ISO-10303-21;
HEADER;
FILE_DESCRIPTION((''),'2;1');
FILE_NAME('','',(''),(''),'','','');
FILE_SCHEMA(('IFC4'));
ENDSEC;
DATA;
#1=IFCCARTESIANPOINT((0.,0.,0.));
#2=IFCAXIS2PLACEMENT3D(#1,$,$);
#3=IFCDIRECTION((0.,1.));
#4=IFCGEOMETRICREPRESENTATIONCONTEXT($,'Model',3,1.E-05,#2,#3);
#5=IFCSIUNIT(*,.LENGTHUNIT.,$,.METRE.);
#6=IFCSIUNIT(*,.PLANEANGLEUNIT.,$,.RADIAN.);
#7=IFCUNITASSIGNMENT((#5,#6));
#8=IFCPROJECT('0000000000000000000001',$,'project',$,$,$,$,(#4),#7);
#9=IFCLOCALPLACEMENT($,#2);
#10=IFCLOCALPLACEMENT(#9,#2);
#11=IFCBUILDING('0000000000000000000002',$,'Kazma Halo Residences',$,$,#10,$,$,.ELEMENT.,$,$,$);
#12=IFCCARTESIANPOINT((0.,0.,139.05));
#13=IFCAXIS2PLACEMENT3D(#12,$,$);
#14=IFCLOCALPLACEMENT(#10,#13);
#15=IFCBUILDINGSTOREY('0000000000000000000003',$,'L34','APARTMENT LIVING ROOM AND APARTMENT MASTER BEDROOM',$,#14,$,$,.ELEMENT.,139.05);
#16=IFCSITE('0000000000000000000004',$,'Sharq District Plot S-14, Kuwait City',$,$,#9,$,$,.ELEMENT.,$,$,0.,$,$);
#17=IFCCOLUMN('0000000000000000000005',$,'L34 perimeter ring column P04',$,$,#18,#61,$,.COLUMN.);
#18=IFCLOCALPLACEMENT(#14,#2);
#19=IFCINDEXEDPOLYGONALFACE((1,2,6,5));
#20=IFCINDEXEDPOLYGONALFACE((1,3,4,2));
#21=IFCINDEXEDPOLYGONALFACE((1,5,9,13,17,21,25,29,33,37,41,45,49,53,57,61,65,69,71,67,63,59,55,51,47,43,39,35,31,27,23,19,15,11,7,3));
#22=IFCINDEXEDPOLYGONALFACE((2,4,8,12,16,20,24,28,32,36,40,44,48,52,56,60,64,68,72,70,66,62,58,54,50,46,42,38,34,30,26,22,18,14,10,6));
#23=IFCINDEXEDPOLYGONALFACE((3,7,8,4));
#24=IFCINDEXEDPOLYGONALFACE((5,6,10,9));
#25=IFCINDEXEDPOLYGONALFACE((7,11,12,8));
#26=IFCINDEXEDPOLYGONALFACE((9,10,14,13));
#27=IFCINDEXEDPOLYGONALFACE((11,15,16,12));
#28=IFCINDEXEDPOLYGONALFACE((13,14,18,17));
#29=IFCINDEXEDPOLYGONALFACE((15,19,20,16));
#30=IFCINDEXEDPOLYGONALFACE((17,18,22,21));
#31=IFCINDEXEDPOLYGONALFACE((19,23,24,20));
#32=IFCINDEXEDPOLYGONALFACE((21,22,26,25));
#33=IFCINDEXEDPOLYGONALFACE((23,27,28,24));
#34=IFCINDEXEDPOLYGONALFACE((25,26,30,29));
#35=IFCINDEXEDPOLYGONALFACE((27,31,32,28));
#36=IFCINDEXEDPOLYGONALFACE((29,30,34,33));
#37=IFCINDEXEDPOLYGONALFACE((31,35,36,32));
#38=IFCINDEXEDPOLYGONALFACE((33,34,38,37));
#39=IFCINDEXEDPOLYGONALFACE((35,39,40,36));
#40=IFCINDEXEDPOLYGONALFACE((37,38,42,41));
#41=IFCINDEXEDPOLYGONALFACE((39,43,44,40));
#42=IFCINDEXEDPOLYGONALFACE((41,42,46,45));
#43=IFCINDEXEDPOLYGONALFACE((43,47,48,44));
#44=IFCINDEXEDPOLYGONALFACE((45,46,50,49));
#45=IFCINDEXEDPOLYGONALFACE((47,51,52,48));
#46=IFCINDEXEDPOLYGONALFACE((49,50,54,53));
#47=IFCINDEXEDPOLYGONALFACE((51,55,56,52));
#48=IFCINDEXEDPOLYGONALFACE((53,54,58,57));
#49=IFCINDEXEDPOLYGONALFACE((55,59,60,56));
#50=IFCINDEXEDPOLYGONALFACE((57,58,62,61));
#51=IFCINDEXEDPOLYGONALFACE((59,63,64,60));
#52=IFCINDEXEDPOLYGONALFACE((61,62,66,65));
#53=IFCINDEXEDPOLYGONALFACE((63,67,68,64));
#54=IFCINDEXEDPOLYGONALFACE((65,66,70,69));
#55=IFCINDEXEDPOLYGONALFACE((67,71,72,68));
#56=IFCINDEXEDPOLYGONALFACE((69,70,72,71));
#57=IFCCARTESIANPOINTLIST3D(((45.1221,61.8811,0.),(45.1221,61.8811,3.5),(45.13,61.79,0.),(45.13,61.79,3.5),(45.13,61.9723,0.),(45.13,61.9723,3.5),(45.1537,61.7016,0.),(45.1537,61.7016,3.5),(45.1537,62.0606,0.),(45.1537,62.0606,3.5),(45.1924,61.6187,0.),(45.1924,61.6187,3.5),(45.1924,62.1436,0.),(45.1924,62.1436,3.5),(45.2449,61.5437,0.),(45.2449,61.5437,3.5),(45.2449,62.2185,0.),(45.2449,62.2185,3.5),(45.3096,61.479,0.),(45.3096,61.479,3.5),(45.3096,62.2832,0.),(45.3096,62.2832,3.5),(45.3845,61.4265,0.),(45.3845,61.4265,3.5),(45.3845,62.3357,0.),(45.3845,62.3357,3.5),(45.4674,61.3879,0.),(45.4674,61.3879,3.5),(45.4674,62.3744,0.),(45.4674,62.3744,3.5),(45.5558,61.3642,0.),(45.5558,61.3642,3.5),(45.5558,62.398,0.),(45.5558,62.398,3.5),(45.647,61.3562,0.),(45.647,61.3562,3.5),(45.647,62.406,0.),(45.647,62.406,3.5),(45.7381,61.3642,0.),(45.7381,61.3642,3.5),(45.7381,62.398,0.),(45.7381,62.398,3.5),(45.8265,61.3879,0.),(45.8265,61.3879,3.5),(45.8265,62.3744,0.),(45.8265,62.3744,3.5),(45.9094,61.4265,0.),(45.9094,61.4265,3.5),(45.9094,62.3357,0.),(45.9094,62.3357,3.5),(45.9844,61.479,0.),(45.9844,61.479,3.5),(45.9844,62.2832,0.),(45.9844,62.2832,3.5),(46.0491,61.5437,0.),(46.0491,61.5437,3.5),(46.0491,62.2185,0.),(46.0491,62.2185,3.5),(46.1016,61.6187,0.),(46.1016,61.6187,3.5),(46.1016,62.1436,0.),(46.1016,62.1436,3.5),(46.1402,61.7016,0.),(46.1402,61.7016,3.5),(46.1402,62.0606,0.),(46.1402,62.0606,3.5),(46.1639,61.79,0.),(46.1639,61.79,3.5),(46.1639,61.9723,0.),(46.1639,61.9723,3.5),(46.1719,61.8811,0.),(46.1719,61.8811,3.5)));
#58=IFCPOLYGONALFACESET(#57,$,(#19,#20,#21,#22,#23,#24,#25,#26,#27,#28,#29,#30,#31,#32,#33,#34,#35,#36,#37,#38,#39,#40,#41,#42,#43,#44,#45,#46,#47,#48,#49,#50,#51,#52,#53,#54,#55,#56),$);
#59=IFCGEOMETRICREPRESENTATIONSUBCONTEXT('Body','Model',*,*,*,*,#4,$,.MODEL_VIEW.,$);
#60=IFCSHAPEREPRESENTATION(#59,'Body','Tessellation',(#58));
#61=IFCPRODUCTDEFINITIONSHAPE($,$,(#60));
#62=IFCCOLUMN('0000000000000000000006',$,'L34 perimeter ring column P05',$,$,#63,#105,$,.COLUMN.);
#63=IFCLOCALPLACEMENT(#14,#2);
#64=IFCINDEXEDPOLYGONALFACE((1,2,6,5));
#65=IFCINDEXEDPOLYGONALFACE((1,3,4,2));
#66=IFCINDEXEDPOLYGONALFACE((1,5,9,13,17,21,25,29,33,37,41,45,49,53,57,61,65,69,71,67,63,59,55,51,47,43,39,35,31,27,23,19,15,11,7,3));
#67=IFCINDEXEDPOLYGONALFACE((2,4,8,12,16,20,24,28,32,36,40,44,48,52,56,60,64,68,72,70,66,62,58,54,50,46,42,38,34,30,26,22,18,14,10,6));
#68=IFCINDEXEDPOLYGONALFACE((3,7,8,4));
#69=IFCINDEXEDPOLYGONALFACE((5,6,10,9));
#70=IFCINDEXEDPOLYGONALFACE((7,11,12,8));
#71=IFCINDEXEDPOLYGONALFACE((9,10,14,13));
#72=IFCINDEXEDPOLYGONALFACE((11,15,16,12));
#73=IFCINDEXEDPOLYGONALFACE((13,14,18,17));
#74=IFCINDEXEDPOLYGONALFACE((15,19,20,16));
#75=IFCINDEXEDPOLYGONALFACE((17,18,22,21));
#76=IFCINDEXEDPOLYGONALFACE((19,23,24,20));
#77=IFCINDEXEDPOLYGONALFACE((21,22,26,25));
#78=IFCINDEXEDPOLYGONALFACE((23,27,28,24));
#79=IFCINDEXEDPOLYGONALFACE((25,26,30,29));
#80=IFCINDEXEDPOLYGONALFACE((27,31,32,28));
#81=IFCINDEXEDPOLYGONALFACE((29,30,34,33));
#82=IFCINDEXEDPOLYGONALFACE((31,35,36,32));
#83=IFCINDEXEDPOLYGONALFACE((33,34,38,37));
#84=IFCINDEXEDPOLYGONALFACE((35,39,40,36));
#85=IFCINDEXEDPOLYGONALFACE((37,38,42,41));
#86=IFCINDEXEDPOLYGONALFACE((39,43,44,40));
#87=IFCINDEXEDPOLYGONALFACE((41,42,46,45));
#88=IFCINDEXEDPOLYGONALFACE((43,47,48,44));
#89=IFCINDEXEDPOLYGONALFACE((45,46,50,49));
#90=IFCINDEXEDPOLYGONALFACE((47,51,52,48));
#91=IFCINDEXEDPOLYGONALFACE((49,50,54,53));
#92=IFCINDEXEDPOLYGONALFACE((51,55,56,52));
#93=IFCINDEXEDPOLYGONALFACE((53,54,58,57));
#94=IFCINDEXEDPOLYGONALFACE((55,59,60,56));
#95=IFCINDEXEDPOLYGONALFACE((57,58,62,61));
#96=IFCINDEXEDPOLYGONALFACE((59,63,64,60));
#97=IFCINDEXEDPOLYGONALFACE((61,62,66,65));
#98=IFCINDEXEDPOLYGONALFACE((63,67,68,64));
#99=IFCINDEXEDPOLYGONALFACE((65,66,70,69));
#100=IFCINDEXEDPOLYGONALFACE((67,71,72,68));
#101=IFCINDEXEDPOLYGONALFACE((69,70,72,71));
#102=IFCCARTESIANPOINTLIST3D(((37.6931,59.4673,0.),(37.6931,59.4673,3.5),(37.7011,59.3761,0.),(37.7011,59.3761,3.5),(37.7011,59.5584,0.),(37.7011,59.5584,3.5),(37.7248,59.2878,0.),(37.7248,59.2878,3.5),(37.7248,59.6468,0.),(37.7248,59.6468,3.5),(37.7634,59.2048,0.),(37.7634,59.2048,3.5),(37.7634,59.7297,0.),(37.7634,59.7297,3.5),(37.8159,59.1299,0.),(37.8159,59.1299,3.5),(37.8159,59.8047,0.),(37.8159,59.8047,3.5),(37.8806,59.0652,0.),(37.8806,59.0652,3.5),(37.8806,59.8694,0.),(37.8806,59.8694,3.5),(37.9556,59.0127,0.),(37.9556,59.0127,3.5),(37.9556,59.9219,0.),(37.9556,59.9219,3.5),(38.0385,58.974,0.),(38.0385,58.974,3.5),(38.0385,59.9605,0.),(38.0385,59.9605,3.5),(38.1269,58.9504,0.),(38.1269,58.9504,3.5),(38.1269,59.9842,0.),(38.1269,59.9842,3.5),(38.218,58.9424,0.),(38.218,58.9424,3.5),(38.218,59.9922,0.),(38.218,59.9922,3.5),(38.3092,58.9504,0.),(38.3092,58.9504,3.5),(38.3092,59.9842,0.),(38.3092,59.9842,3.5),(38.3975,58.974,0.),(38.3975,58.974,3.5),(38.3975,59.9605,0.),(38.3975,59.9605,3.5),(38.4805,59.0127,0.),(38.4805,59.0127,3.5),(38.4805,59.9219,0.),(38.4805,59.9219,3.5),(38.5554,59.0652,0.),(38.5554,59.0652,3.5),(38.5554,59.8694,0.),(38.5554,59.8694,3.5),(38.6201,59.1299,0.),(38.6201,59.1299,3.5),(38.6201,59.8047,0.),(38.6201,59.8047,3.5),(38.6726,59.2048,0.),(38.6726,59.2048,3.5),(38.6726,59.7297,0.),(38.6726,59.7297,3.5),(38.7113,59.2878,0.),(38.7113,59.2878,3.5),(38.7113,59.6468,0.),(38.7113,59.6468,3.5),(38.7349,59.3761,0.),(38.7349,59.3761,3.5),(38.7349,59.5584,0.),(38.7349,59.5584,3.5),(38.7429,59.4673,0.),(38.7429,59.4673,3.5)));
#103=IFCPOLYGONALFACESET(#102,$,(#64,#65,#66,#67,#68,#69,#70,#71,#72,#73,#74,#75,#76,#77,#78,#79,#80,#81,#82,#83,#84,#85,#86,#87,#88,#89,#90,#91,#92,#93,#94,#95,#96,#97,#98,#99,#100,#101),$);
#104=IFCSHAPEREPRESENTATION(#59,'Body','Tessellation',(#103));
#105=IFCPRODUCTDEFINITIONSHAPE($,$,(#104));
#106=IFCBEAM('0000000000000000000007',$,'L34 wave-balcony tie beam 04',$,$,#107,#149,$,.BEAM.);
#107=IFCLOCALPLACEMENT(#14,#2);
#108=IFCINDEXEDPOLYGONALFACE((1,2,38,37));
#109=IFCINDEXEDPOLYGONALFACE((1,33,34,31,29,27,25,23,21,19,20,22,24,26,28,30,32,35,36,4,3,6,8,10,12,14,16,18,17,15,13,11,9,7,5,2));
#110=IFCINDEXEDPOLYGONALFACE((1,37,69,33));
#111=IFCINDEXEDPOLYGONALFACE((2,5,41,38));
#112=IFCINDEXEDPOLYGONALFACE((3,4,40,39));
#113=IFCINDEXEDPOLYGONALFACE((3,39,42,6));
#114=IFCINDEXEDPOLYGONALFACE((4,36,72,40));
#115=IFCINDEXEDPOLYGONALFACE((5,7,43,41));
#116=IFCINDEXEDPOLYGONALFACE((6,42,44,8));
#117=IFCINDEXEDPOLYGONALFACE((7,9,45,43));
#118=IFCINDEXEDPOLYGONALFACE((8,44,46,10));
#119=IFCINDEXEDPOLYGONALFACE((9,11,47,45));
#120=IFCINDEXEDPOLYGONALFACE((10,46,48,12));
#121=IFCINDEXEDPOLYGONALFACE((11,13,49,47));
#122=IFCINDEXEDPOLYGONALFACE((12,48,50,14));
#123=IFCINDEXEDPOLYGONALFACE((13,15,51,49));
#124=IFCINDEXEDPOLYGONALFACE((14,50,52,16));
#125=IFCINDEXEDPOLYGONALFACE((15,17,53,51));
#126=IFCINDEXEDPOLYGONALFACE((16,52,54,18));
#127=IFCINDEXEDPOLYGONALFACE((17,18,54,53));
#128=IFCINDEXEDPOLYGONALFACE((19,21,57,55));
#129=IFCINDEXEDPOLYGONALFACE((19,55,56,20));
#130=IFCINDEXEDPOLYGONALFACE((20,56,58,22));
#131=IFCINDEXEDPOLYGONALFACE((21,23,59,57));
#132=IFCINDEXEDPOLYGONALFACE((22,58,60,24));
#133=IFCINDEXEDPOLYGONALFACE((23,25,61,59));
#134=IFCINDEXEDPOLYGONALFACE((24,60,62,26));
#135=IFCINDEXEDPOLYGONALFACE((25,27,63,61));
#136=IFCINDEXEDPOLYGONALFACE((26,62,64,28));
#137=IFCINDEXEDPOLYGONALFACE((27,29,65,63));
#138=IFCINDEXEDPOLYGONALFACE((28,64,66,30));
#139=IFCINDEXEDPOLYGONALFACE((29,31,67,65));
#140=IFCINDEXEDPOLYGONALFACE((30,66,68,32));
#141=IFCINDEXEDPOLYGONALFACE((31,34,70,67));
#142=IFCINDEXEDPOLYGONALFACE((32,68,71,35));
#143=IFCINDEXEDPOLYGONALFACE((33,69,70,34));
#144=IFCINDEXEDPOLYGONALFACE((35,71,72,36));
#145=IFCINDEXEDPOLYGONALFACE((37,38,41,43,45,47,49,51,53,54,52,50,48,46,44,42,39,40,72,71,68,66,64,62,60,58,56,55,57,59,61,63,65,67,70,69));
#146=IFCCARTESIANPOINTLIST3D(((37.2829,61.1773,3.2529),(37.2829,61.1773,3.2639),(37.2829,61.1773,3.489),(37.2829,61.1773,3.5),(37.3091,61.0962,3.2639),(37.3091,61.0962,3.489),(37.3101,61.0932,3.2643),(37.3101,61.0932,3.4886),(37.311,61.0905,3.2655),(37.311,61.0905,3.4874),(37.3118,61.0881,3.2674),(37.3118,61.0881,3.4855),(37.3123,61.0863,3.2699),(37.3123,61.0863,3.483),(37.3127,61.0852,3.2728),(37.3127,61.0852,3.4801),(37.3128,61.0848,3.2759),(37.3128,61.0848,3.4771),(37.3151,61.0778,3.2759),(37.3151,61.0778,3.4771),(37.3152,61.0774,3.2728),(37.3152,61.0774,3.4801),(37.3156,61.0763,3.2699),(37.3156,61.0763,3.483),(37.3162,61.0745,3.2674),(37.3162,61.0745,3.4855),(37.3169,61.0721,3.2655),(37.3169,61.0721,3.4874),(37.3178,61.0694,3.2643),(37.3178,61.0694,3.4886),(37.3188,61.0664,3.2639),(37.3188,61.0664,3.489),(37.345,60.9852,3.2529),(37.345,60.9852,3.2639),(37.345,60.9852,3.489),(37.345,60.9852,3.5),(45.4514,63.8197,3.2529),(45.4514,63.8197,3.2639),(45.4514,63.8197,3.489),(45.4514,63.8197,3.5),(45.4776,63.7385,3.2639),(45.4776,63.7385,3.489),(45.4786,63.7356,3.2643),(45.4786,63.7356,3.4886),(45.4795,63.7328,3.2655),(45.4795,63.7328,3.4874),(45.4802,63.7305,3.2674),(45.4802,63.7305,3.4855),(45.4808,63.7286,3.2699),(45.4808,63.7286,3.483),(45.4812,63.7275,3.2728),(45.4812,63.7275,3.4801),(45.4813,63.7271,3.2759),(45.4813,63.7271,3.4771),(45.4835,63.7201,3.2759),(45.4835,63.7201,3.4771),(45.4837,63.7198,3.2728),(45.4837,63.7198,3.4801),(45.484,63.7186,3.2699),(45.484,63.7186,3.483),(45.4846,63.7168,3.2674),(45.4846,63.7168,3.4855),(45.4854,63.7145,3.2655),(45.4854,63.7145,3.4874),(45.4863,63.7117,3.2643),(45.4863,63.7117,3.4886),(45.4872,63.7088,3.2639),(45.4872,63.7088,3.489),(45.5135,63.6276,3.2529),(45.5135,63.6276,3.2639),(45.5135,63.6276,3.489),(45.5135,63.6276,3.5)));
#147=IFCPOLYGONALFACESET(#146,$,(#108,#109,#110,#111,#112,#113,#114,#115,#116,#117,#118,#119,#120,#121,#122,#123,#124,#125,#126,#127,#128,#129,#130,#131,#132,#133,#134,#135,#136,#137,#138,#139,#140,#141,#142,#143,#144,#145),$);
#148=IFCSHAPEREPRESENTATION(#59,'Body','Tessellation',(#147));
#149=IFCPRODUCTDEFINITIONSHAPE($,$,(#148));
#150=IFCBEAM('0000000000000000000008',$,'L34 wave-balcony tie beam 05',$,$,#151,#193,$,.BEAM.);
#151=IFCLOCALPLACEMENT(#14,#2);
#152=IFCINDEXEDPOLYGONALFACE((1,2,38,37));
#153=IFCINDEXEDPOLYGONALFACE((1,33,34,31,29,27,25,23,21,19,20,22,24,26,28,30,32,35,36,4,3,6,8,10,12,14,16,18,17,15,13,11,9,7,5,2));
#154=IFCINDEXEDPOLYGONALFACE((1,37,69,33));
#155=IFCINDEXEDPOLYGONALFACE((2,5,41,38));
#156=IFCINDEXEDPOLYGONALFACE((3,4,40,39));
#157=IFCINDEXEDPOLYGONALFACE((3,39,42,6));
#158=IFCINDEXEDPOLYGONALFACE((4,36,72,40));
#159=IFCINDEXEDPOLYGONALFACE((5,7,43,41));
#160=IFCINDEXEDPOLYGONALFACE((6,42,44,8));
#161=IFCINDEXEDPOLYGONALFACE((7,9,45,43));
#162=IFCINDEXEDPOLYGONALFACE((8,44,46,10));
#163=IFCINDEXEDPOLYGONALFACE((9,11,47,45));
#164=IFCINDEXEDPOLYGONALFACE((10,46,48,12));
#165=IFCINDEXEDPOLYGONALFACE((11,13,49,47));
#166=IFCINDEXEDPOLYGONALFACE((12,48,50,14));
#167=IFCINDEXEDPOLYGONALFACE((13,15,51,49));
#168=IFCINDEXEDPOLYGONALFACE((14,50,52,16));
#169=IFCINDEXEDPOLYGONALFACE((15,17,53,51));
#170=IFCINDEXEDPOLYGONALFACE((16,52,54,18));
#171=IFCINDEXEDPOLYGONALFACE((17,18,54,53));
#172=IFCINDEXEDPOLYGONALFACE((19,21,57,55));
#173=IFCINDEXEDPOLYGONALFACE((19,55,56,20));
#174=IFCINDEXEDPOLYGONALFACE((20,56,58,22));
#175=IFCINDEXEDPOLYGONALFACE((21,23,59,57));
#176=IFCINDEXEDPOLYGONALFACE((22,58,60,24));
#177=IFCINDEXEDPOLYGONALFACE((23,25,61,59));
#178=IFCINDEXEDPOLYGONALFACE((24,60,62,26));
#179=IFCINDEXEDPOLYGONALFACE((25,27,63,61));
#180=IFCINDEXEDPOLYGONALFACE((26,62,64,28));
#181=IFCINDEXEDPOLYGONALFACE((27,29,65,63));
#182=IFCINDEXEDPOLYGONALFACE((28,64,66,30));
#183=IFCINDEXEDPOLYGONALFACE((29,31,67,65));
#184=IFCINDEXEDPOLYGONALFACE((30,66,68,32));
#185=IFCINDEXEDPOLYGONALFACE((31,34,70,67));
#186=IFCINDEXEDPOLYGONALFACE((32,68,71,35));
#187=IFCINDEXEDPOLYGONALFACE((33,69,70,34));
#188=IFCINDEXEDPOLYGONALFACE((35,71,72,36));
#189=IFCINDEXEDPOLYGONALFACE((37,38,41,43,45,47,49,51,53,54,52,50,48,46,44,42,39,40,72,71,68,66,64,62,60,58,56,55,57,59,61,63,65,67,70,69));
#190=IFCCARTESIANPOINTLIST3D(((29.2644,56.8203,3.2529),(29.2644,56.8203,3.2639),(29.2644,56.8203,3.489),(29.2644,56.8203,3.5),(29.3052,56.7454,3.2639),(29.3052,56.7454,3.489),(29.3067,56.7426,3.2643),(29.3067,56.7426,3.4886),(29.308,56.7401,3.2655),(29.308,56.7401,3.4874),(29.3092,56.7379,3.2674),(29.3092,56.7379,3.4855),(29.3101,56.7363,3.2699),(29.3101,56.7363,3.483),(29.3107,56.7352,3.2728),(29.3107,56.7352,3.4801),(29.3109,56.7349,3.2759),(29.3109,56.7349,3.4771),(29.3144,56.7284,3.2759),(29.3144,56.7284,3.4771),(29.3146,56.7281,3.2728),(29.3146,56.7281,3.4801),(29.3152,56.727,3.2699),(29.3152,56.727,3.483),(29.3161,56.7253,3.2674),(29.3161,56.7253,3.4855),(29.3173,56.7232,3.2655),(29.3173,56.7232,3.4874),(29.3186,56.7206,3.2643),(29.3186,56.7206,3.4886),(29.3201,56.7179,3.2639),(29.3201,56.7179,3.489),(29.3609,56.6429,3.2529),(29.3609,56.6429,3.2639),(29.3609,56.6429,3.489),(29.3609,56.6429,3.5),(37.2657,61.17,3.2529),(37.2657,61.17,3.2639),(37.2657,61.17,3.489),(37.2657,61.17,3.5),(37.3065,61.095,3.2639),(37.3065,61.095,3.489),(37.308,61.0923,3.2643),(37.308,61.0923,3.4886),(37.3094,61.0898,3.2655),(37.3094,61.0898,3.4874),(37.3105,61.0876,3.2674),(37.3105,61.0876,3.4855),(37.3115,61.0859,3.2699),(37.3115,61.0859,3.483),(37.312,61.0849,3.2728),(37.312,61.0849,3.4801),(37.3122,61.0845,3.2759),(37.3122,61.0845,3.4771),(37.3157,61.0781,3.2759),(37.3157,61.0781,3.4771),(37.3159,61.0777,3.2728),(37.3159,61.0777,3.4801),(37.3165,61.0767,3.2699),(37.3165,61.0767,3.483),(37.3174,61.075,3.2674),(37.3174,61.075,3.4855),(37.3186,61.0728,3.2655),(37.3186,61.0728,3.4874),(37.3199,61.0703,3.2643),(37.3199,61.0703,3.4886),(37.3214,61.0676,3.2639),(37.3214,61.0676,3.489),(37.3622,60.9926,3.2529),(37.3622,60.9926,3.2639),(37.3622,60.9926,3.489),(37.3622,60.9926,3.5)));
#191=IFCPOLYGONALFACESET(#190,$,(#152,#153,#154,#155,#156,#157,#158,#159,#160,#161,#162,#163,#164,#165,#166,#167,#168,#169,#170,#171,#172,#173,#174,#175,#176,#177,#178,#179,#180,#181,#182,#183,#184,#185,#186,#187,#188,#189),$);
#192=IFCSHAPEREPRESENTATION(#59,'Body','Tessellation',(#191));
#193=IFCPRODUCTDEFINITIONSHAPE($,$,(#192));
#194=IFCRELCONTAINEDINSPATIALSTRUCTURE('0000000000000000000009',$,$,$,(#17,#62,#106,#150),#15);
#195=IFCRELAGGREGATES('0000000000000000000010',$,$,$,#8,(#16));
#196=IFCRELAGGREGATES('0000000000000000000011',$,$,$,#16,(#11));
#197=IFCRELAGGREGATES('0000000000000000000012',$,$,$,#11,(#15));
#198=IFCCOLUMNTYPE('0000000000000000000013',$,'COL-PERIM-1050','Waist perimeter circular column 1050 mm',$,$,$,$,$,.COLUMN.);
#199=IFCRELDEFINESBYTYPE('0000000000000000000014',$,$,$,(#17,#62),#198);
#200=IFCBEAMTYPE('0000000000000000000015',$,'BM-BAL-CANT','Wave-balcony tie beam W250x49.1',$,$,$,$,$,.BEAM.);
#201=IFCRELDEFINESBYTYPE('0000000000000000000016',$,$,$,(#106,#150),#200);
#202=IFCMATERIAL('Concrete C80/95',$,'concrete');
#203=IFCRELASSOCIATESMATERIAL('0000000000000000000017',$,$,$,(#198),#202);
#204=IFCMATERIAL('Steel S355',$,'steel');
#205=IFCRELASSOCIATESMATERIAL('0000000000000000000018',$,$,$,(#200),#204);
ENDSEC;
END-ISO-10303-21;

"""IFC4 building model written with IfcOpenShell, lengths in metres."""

from ifc_helpers import new_model, si_unit, direction, frame, origin, origin_2d, place, context, subcontext, project, spatial, circle, i_section, extrude, material, material_profile, profile_set, type_object, element, save


model = new_model("IFC4")

# Units and contexts
model_context = context("Model", 3, precision=1e-05, world=origin(), true_north=direction((0.0, 1.0)))
body_context = subcontext(model_context, "Body", "Model", "MODEL_VIEW")
ifc_project = project(units=[si_unit("LENGTHUNIT", "METRE"), si_unit("PLANEANGLEUNIT", "RADIAN")], contexts=[model_context])

# Site, building, storey
site_placement = place(None, origin())
site = spatial("IfcSite", under=ifc_project, at=site_placement, Name="Sharq District Plot S-14, Kuwait City", CompositionType="ELEMENT", RefElevation=0.0)
building_placement = place(site_placement, origin())
building = spatial("IfcBuilding", under=site, at=building_placement, Name="Kazma Halo Residences", CompositionType="ELEMENT")
storey_placement = place(building_placement, frame((0.0, 0.0, 139.05)))
storey = spatial("IfcBuildingStorey", under=building, at=storey_placement, Name="L34", Description="APARTMENT LIVING ROOM AND APARTMENT MASTER BEDROOM", CompositionType="ELEMENT", Elevation=139.05)

# Columns
ifc_material_1 = material(Name="Concrete C80/95", Category="concrete")
ifc_material_profile_1 = material_profile(ifc_material_1, circle(Radius=0.5249, at=origin_2d()), Name="CIRC1050")
ifc_profile_set_1 = profile_set([ifc_material_profile_1], Name="Concrete C80/95")
column_type = type_object("IfcColumnType", Name="COL-PERIM-1050", Description="Waist perimeter circular column 1050 mm", PredefinedType="COLUMN", material=ifc_profile_set_1)
for number, where, z_axis, x_axis, name in (
    (1, (45.647, 61.8811, 0.0), (0.0, 0.0, 1.0), (1.0, 0.0, 0.0), "L34 perimeter ring column P04"),
    (2, (38.218, 59.4673, 0.0), (0.0, 0.0, 1.0), (1.0, 0.0, 0.0), "L34 perimeter ring column P05"),
):
    element("IfcColumn", number, at=place(storey_placement, frame(where, z_axis=z_axis, x_axis=x_axis)), inside=storey, type_object=column_type, Name=name, PredefinedType="COLUMN", context=body_context, shape_type="SweptSolid", body=[
        extrude(circle(Radius=0.5249, at=origin_2d()), origin(), (0.0, 0.0, 1.0), 3.5),
    ])

# Beams
ifc_material_2 = material(Name="Steel S355", Category="steel")
ifc_material_profile_2 = material_profile(ifc_material_2, i_section(OverallWidth=0.2019, OverallDepth=0.2471, WebThickness=0.0073, FlangeThickness=0.011, FilletRadius=0.012, at=origin_2d()), Name="W250x49.1")
ifc_profile_set_2 = profile_set([ifc_material_profile_2], Name="Steel S355")
beam_type_1 = type_object("IfcBeamType", Name="BM-BAL-CANT", Description="Wave-balcony tie beam W250x49.1", PredefinedType="BEAM", material=ifc_profile_set_2)
beam_1_placement = place(storey_placement, frame((45.4824, 63.7236, 3.3765), z_axis=(-0.951458, -0.307778, 0.0), x_axis=(0.307778, -0.951458, 0.0)))
element("IfcBeam", 3, at=beam_1_placement, inside=storey, type_object=beam_type_1, Name="L34 wave-balcony tie beam 04", PredefinedType="BEAM", context=body_context, shape_type="SweptSolid", body=[
    extrude(i_section(OverallWidth=0.2019, OverallDepth=0.2471, WebThickness=0.0073, FlangeThickness=0.011, FilletRadius=0.012, at=origin_2d()), origin(), (0.0, 0.0, 1.0), 8.5852),
])
beam_2_placement = place(storey_placement, frame((37.314, 61.0813, 3.3765), z_axis=(-0.878573, -0.477608, 0.0), x_axis=(0.477608, -0.878573, 0.0)))
element("IfcBeam", 4, at=beam_2_placement, inside=storey, type_object=beam_type_1, Name="L34 wave-balcony tie beam 05", PredefinedType="BEAM", context=body_context, shape_type="SweptSolid", body=[
    extrude(i_section(OverallWidth=0.2019, OverallDepth=0.2471, WebThickness=0.0073, FlangeThickness=0.011, FilletRadius=0.012, at=origin_2d()), origin(), (0.0, 0.0, 1.0), 9.1072),
])

save(model, "model.ifc")
